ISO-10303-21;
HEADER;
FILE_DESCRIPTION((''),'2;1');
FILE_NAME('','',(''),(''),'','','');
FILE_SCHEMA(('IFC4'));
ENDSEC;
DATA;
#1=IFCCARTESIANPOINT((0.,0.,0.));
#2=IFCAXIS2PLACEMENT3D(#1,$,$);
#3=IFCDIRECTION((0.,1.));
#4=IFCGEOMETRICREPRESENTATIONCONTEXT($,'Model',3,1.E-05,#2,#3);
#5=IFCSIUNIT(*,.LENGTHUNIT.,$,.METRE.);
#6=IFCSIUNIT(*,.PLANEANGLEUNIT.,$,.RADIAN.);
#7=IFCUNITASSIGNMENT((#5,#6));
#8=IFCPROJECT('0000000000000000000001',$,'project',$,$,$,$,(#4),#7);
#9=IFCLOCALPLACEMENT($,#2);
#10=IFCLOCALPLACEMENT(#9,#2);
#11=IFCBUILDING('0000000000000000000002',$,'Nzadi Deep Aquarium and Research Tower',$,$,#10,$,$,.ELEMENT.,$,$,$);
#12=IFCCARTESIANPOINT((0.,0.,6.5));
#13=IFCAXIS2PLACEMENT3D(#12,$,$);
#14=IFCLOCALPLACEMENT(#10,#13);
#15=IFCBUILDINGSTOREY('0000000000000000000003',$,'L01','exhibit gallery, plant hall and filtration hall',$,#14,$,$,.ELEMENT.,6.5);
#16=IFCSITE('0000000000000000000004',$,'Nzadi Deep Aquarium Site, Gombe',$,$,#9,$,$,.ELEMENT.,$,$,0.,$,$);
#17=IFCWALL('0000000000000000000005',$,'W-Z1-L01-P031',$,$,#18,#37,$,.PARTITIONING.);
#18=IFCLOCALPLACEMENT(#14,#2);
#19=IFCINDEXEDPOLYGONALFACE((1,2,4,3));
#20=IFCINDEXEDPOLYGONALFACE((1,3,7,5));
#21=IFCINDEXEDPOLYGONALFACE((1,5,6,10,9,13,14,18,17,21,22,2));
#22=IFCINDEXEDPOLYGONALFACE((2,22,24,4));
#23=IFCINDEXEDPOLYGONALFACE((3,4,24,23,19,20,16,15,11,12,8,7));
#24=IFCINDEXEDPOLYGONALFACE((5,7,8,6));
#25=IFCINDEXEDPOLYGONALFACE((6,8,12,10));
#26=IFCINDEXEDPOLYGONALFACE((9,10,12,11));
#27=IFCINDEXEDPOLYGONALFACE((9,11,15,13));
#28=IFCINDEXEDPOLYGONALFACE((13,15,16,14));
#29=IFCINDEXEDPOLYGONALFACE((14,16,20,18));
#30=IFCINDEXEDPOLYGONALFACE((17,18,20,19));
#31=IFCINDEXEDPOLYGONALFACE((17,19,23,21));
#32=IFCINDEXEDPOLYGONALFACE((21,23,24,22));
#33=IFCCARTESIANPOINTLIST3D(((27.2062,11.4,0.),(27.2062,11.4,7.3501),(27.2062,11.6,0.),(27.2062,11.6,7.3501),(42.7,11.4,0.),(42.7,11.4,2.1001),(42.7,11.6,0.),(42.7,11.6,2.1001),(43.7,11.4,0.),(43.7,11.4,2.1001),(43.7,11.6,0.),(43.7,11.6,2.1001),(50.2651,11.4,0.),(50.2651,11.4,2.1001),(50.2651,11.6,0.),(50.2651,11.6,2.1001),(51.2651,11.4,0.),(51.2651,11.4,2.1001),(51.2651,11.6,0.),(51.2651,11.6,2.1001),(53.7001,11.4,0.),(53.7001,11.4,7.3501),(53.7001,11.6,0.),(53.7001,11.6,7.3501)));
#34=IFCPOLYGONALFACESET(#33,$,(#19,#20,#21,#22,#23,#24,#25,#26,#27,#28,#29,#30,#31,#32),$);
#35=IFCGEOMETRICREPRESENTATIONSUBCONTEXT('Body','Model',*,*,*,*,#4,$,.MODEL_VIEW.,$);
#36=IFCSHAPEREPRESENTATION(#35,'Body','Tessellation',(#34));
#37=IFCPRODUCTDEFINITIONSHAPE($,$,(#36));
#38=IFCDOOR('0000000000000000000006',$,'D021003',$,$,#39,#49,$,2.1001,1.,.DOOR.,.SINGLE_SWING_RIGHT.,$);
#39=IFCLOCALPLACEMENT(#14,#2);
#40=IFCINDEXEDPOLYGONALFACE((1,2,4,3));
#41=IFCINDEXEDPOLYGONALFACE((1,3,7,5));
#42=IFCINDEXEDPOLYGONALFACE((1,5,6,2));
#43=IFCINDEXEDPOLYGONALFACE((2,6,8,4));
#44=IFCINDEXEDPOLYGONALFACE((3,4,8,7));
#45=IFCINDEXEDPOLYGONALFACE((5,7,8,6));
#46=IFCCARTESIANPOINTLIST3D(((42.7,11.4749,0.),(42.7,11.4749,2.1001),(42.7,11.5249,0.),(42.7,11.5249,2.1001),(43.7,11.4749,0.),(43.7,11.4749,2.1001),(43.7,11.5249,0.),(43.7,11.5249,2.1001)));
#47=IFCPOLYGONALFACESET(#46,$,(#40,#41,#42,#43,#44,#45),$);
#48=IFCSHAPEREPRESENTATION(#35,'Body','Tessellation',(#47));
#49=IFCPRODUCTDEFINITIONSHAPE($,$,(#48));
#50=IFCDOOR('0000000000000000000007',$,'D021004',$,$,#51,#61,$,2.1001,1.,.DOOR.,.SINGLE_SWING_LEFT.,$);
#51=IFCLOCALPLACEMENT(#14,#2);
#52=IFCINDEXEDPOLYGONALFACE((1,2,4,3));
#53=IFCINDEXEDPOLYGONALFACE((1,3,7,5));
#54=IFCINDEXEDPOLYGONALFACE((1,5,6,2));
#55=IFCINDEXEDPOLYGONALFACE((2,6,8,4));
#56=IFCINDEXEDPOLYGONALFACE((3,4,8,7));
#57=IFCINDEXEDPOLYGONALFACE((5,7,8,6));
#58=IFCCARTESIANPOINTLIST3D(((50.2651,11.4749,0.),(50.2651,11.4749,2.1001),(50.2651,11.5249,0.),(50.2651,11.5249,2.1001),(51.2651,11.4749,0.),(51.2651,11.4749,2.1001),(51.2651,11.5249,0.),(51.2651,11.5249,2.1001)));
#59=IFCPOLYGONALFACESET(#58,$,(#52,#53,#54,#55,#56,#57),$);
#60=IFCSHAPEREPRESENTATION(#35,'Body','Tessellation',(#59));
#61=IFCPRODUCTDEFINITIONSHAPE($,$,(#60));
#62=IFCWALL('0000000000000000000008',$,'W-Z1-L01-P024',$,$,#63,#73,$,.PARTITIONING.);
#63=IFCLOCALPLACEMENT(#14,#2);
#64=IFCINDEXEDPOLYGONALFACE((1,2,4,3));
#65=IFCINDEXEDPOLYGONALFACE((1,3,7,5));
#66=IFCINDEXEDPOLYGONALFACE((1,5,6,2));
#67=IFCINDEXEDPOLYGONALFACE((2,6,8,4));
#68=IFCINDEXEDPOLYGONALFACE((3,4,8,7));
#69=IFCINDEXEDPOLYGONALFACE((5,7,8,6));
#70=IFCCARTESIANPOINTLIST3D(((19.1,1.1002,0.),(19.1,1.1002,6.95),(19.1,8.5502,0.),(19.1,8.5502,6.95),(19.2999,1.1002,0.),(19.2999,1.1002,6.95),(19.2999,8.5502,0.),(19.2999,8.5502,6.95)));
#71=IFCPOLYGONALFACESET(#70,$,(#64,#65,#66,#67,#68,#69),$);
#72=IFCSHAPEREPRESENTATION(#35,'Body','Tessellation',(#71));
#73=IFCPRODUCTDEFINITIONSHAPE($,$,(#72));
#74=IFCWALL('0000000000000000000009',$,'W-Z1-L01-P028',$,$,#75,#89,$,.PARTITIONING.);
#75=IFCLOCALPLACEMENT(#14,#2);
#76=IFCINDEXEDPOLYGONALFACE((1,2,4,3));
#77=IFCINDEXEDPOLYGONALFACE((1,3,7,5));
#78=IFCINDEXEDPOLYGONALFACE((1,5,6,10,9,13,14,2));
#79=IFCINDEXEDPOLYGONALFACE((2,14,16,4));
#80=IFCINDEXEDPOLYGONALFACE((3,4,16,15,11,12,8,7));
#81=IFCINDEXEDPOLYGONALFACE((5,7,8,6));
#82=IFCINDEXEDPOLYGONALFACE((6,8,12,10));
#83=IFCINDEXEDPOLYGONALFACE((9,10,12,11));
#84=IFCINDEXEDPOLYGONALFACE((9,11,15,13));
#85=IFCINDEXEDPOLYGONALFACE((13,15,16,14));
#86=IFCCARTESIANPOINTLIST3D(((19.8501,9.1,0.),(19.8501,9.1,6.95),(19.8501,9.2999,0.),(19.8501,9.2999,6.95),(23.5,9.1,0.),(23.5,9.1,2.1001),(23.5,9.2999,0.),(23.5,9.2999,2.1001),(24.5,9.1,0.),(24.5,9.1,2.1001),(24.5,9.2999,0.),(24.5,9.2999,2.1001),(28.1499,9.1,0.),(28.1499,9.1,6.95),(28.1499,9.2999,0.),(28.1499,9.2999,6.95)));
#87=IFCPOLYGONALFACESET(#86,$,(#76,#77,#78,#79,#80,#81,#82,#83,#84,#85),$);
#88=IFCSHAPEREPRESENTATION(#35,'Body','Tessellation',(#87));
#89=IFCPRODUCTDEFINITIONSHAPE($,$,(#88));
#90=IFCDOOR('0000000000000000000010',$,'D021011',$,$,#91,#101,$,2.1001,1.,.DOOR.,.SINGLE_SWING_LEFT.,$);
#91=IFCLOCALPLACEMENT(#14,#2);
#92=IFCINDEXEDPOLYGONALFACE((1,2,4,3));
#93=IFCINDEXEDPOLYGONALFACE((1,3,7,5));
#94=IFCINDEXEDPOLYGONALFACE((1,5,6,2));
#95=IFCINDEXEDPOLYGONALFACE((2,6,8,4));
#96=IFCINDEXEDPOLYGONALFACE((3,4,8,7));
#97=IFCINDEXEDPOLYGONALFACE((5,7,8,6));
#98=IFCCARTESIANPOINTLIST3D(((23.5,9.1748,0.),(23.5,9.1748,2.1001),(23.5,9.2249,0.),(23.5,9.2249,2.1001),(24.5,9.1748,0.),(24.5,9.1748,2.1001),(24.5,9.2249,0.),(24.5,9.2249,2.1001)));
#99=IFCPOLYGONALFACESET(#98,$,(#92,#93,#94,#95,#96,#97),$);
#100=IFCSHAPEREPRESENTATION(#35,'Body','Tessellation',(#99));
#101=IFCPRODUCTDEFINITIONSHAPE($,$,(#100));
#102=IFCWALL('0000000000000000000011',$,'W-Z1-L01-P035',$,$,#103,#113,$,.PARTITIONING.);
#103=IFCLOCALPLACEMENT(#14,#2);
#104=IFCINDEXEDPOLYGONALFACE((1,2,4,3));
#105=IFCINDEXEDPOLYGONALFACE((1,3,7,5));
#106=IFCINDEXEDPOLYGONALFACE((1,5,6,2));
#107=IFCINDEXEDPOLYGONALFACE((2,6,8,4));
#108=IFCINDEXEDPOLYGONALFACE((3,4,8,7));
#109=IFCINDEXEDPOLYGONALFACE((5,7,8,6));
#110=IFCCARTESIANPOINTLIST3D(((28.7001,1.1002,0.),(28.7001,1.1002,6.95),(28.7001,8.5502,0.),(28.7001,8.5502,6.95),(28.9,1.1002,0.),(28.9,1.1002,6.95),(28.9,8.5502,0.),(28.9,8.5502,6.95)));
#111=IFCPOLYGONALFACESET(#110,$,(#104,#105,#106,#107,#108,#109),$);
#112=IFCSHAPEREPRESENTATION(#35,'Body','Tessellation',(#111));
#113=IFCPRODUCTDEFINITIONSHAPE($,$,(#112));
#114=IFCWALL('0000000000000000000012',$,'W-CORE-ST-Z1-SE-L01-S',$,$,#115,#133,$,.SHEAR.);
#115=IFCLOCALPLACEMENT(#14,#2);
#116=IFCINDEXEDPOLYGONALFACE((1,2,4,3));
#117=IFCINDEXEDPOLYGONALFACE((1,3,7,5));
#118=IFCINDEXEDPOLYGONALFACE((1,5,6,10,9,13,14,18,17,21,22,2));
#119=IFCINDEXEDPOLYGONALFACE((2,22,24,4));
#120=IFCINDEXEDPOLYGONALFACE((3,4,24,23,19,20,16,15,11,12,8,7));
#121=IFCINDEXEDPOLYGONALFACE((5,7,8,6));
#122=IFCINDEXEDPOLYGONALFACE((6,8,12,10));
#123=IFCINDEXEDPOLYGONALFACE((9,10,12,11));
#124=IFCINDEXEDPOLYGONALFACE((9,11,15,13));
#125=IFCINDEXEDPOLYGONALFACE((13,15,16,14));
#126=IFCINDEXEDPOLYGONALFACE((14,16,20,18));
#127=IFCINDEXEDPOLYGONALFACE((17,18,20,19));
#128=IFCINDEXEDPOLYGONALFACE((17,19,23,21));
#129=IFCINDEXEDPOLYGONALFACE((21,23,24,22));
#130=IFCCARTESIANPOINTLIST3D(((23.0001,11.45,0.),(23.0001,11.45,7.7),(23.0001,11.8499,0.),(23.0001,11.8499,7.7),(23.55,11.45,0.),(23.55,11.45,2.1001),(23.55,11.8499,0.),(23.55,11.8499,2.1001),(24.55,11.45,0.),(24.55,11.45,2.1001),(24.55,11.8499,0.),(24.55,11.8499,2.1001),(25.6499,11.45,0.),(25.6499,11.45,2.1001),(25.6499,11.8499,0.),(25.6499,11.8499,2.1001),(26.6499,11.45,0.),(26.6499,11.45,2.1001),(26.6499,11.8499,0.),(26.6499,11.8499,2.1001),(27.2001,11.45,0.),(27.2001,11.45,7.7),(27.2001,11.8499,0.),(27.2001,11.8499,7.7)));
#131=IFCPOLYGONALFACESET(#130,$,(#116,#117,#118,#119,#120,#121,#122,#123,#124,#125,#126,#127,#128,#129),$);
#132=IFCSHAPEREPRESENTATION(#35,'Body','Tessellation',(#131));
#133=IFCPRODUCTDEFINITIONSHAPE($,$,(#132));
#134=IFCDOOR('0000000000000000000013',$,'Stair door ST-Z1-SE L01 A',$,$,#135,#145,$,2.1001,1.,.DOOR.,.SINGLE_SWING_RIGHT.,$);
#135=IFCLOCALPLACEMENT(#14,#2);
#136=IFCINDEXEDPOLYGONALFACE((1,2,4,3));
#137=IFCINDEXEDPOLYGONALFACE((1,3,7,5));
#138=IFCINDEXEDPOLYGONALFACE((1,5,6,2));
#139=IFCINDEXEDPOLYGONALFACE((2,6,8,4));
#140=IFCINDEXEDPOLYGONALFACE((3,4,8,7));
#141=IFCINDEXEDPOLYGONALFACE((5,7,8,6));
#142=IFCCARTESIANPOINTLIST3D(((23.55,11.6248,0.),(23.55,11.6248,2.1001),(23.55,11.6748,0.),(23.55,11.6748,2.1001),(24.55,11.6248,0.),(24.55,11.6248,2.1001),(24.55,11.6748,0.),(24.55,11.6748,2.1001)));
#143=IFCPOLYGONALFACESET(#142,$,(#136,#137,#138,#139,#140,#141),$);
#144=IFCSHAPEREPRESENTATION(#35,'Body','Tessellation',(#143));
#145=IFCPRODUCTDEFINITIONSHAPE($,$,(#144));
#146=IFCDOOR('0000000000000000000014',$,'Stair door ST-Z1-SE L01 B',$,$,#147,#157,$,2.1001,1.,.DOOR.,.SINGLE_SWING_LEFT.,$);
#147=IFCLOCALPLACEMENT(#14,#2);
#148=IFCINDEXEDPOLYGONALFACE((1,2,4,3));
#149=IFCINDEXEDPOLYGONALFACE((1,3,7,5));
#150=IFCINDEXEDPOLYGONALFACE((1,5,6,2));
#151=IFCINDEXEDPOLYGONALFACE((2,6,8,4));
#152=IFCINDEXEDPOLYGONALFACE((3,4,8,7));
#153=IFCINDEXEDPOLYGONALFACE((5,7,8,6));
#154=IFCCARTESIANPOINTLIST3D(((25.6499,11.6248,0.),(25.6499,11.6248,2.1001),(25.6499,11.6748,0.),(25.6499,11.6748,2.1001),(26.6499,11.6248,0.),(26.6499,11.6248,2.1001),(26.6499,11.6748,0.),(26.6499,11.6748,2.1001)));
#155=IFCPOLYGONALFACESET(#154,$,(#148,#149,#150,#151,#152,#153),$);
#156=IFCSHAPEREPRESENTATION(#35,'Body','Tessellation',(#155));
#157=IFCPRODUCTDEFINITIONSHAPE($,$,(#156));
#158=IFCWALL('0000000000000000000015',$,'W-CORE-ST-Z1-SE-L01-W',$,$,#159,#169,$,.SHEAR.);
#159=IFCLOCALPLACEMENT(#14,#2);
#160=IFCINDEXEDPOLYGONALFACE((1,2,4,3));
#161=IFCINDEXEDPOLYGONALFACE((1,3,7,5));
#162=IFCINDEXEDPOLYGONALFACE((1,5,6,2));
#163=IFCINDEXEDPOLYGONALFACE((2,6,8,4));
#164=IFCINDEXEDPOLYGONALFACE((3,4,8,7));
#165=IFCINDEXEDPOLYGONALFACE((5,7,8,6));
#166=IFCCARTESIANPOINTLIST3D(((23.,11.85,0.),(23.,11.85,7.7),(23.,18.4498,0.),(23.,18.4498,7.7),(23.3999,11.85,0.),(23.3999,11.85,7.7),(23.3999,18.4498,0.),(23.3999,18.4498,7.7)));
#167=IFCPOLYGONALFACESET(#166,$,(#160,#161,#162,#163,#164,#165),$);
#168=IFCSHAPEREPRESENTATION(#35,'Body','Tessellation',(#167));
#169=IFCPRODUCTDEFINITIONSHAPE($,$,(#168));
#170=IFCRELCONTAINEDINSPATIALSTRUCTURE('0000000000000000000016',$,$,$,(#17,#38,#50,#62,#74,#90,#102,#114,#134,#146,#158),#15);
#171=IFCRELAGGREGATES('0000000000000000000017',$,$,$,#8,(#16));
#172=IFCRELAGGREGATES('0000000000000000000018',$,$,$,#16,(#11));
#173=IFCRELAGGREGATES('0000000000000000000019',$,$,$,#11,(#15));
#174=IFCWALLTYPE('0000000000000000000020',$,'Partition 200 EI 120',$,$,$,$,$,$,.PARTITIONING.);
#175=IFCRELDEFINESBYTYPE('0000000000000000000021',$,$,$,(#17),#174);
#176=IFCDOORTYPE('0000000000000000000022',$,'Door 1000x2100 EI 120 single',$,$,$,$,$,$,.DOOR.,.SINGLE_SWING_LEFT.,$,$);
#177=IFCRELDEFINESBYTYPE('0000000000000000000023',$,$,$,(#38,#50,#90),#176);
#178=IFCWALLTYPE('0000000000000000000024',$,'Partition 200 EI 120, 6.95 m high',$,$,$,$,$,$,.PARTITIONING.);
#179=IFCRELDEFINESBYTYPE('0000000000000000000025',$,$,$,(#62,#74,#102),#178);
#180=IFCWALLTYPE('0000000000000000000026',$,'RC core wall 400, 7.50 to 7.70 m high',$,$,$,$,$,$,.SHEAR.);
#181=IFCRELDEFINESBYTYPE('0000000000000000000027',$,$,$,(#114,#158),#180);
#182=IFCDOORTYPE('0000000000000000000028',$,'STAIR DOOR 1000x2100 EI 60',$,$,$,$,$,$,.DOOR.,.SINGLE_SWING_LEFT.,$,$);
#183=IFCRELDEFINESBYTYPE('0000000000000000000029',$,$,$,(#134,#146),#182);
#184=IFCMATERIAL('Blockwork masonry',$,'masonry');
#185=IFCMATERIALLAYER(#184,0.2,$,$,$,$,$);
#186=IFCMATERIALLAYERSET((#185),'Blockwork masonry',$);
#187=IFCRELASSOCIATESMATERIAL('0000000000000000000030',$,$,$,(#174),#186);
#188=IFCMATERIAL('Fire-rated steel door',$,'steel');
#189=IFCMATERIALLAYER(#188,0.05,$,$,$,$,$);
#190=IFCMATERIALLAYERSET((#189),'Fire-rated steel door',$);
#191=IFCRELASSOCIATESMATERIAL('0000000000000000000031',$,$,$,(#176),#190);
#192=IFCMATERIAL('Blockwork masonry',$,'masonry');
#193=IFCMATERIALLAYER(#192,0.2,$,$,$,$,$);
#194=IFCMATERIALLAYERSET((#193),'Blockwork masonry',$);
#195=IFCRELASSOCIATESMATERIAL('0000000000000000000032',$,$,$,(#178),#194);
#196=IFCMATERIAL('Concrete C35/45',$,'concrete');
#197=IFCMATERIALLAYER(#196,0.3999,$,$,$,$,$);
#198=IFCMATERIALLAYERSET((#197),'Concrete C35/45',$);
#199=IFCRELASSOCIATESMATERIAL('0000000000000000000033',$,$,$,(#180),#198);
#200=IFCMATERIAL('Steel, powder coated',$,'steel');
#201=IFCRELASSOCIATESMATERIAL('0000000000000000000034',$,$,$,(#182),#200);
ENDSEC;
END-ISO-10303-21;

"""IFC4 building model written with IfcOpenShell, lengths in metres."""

from ifc_helpers import new_model, si_unit, direction, frame, frame_2d, origin, place, context, subcontext, project, spatial, rectangle, extrude, material, layer, layer_set, type_object, element, fill, save


model = new_model("IFC4")

# Units and contexts
model_context = context("Model", 3, precision=1e-05, world=origin(), true_north=direction((0.0, 1.0)))
body_context = subcontext(model_context, "Body", "Model", "MODEL_VIEW")
ifc_project = project(units=[si_unit("LENGTHUNIT", "METRE"), si_unit("PLANEANGLEUNIT", "RADIAN")], contexts=[model_context])

# Site, building, storey
site_placement = place(None, origin())
site = spatial("IfcSite", under=ifc_project, at=site_placement, Name="Nzadi Deep Aquarium Site, Gombe", CompositionType="ELEMENT", RefElevation=0.0)
building_placement = place(site_placement, origin())
building = spatial("IfcBuilding", under=site, at=building_placement, Name="Nzadi Deep Aquarium and Research Tower", CompositionType="ELEMENT")
storey_placement = place(building_placement, frame((0.0, 0.0, 6.5)))
storey = spatial("IfcBuildingStorey", under=building, at=storey_placement, Name="L01", Description="exhibit gallery, plant hall and filtration hall", CompositionType="ELEMENT", Elevation=6.5)

# Wall, openings, doors
ifc_material_1 = material(Name="Blockwork masonry", Category="masonry")
ifc_layer_1 = layer(ifc_material_1, 0.2)
ifc_layer_set_1 = layer_set([ifc_layer_1], Name="Blockwork masonry")
wall_type_1 = type_object("IfcWallType", Name="Partition 200 EI 120", PredefinedType="PARTITIONING", material=ifc_layer_set_1)
wall_1_placement = place(storey_placement, frame((27.2061, 11.5, 0.0), z_axis=(0.0, 0.0, 1.0), x_axis=(1.0, 0.0, 0.0)))
wall_1 = element("IfcWall", 1, at=wall_1_placement, inside=storey, type_object=wall_type_1, Name="W-Z1-L01-P031", PredefinedType="PARTITIONING", context=body_context, shape_type="SweptSolid", body=[
    extrude(rectangle(XDim=26.4939, YDim=0.2, at=frame_2d((13.2471, 0.0))), origin(), (0.0, 0.0, 1.0), 7.3501),
])
opening_1_placement = place(wall_1_placement, frame((15.4939, 0.0, 0.0)))
opening_1 = element("IfcOpeningElement", 2, at=opening_1_placement, cuts=wall_1, PredefinedType="OPENING", context=body_context, shape_type="SweptSolid", body=[
    extrude(rectangle(XDim=1.0, YDim=2.1001, at=frame_2d((0.5, 1.05))), frame((0.0, 0.1101, 0.0), z_axis=(0.0, -1.0, 0.0), x_axis=(1.0, 0.0, 0.0)), (0.0, 0.0, 1.0), 0.2202),
])
opening_2_placement = place(wall_1_placement, frame((23.0591, 0.0, 0.0)))
opening_2 = element("IfcOpeningElement", 3, at=opening_2_placement, cuts=wall_1, PredefinedType="OPENING", context=body_context, shape_type="SweptSolid", body=[
    extrude(rectangle(XDim=1.0, YDim=2.1001, at=frame_2d((0.5, 1.05))), frame((0.0, 0.1101, 0.0), z_axis=(0.0, -1.0, 0.0), x_axis=(1.0, 0.0, 0.0)), (0.0, 0.0, 1.0), 0.2202),
])
ifc_material_2 = material(Name="Fire-rated steel door", Category="steel")
ifc_layer_2 = layer(ifc_material_2, 0.05)
ifc_layer_set_2 = layer_set([ifc_layer_2], Name="Fire-rated steel door")
door_type_1 = type_object("IfcDoorType", Name="Door 1000x2100 EI 120 single", OperationType="SINGLE_SWING_LEFT", PredefinedType="DOOR", material=ifc_layer_set_2)
door_1_placement = place(opening_1_placement, origin())
door_1 = element("IfcDoor", 4, at=door_1_placement, inside=storey, type_object=door_type_1, Name="D021003", OperationType="SINGLE_SWING_RIGHT", OverallHeight=2.1001, OverallWidth=1.0, PredefinedType="DOOR", context=body_context, shape_type="SweptSolid", body=[
    extrude(rectangle(XDim=1.0, YDim=2.1001, at=frame_2d((0.5, 1.05))), frame((0.0, 0.0249, 0.0), z_axis=(0.0, -1.0, 0.0), x_axis=(1.0, 0.0, 0.0)), (0.0, 0.0, 1.0), 0.05),
])
fill(opening_1, door_1)
door_2_placement = place(opening_2_placement, origin())
door_2 = element("IfcDoor", 5, at=door_2_placement, inside=storey, type_object=door_type_1, Name="D021004", OperationType="SINGLE_SWING_LEFT", OverallHeight=2.1001, OverallWidth=1.0, PredefinedType="DOOR", context=body_context, shape_type="SweptSolid", body=[
    extrude(rectangle(XDim=1.0, YDim=2.1001, at=frame_2d((0.5, 1.05))), frame((0.0, 0.0249, 0.0), z_axis=(0.0, -1.0, 0.0), x_axis=(1.0, 0.0, 0.0)), (0.0, 0.0, 1.0), 0.05),
])
fill(opening_2, door_2)

# Wall
ifc_material_3 = material(Name="Blockwork masonry", Category="masonry")
ifc_layer_3 = layer(ifc_material_3, 0.2)
ifc_layer_set_3 = layer_set([ifc_layer_3], Name="Blockwork masonry")
wall_type_2 = type_object("IfcWallType", Name="Partition 200 EI 120, 6.95 m high", PredefinedType="PARTITIONING", material=ifc_layer_set_3)
wall_2_placement = place(storey_placement, frame((19.2, 1.1001, 0.0), z_axis=(0.0, 0.0, 1.0), x_axis=(0.0, 1.0, 0.0)))
element("IfcWall", 6, at=wall_2_placement, inside=storey, type_object=wall_type_2, Name="W-Z1-L01-P024", PredefinedType="PARTITIONING", context=body_context, shape_type="SweptSolid", body=[
    extrude(rectangle(XDim=7.45, YDim=0.2, at=frame_2d((3.7251, 0.0))), origin(), (0.0, 0.0, 1.0), 6.95),
])

# Wall, opening, door
wall_3_placement = place(storey_placement, frame((19.8501, 9.2, 0.0), z_axis=(0.0, 0.0, 1.0), x_axis=(1.0, 0.0, 0.0)))
wall_3 = element("IfcWall", 7, at=wall_3_placement, inside=storey, type_object=wall_type_2, Name="W-Z1-L01-P028", PredefinedType="PARTITIONING", context=body_context, shape_type="SweptSolid", body=[
    extrude(rectangle(XDim=8.2998, YDim=0.2, at=frame_2d((4.1499, 0.0))), origin(), (0.0, 0.0, 1.0), 6.95),
])
opening_3_placement = place(wall_3_placement, frame((3.6499, 0.0, 0.0)))
opening_3 = element("IfcOpeningElement", 8, at=opening_3_placement, cuts=wall_3, PredefinedType="OPENING", context=body_context, shape_type="SweptSolid", body=[
    extrude(rectangle(XDim=1.0, YDim=2.1001, at=frame_2d((0.5, 1.05))), frame((0.0, 0.1101, 0.0), z_axis=(0.0, -1.0, 0.0), x_axis=(1.0, 0.0, 0.0)), (0.0, 0.0, 1.0), 0.2202),
])
door_3_placement = place(opening_3_placement, origin())
door_3 = element("IfcDoor", 9, at=door_3_placement, inside=storey, type_object=door_type_1, Name="D021011", OperationType="SINGLE_SWING_LEFT", OverallHeight=2.1001, OverallWidth=1.0, PredefinedType="DOOR", context=body_context, shape_type="SweptSolid", body=[
    extrude(rectangle(XDim=1.0, YDim=2.1001, at=frame_2d((0.5, 1.05))), frame((0.0, 0.0249, 0.0), z_axis=(0.0, -1.0, 0.0), x_axis=(1.0, 0.0, 0.0)), (0.0, 0.0, 1.0), 0.05),
])
fill(opening_3, door_3)

# Wall
wall_4_placement = place(storey_placement, frame((28.8, 1.1001, 0.0), z_axis=(0.0, 0.0, 1.0), x_axis=(0.0, 1.0, 0.0)))
element("IfcWall", 10, at=wall_4_placement, inside=storey, type_object=wall_type_2, Name="W-Z1-L01-P035", PredefinedType="PARTITIONING", context=body_context, shape_type="SweptSolid", body=[
    extrude(rectangle(XDim=7.45, YDim=0.2, at=frame_2d((3.7251, 0.0))), origin(), (0.0, 0.0, 1.0), 6.95),
])

# Wall, openings, doors
ifc_material_4 = material(Name="Concrete C35/45", Category="concrete")
ifc_layer_4 = layer(ifc_material_4, 0.3999)
ifc_layer_set_4 = layer_set([ifc_layer_4], Name="Concrete C35/45")
wall_type_3 = type_object("IfcWallType", Name="RC core wall 400, 7.50 to 7.70 m high", PredefinedType="SHEAR", material=ifc_layer_set_4)
wall_5_placement = place(storey_placement, frame((23.0, 11.6499, 0.0), z_axis=(0.0, 0.0, 1.0), x_axis=(1.0, 0.0, 0.0)))
wall_5 = element("IfcWall", 11, at=wall_5_placement, inside=storey, type_object=wall_type_3, Name="W-CORE-ST-Z1-SE-L01-S", PredefinedType="SHEAR", context=body_context, shape_type="SweptSolid", body=[
    extrude(rectangle(XDim=4.2, YDim=0.3999, at=frame_2d((2.1001, 0.0))), origin(), (0.0, 0.0, 1.0), 7.7),
])
opening_4_placement = place(wall_5_placement, frame((0.55, 0.0, 0.0)))
opening_4 = element("IfcOpeningElement", 12, at=opening_4_placement, cuts=wall_5, PredefinedType="OPENING", context=body_context, shape_type="SweptSolid", body=[
    extrude(rectangle(XDim=1.0, YDim=2.1001, at=frame_2d((0.5, 1.05))), frame((0.0, 0.21, 0.0), z_axis=(0.0, -1.0, 0.0), x_axis=(1.0, 0.0, 0.0)), (0.0, 0.0, 1.0), 0.4199),
])
opening_5_placement = place(wall_5_placement, frame((2.6499, 0.0, 0.0)))
opening_5 = element("IfcOpeningElement", 13, at=opening_5_placement, cuts=wall_5, PredefinedType="OPENING", context=body_context, shape_type="SweptSolid", body=[
    extrude(rectangle(XDim=1.0, YDim=2.1001, at=frame_2d((0.5, 1.05))), frame((0.0, 0.21, 0.0), z_axis=(0.0, -1.0, 0.0), x_axis=(1.0, 0.0, 0.0)), (0.0, 0.0, 1.0), 0.4199),
])
ifc_material_5 = material(Name="Steel, powder coated", Category="steel")
door_type_2 = type_object("IfcDoorType", Name="STAIR DOOR 1000x2100 EI 60", OperationType="SINGLE_SWING_LEFT", PredefinedType="DOOR", material=ifc_material_5)
door_4_placement = place(opening_4_placement, origin())
door_4 = element("IfcDoor", 14, at=door_4_placement, inside=storey, type_object=door_type_2, Name="Stair door ST-Z1-SE L01 A", OperationType="SINGLE_SWING_RIGHT", OverallHeight=2.1001, OverallWidth=1.0, PredefinedType="DOOR", context=body_context, shape_type="SweptSolid", body=[
    extrude(rectangle(XDim=1.0, YDim=2.1001, at=frame_2d((0.5, 1.05))), frame((0.0, 0.0249, 0.0), z_axis=(0.0, -1.0, 0.0), x_axis=(1.0, 0.0, 0.0)), (0.0, 0.0, 1.0), 0.05),
])
fill(opening_4, door_4)
door_5_placement = place(opening_5_placement, origin())
door_5 = element("IfcDoor", 15, at=door_5_placement, inside=storey, type_object=door_type_2, Name="Stair door ST-Z1-SE L01 B", OperationType="SINGLE_SWING_LEFT", OverallHeight=2.1001, OverallWidth=1.0, PredefinedType="DOOR", context=body_context, shape_type="SweptSolid", body=[
    extrude(rectangle(XDim=1.0, YDim=2.1001, at=frame_2d((0.5, 1.05))), frame((0.0, 0.0249, 0.0), z_axis=(0.0, -1.0, 0.0), x_axis=(1.0, 0.0, 0.0)), (0.0, 0.0, 1.0), 0.05),
])
fill(opening_5, door_5)

# Wall
for number, where, z_axis, x_axis, name in (
    (16, (23.2, 11.8501, 0.0), (0.0, 0.0, 1.0), (0.0, 1.0, 0.0), "W-CORE-ST-Z1-SE-L01-W"),
):
    element("IfcWall", number, at=place(storey_placement, frame(where, z_axis=z_axis, x_axis=x_axis)), inside=storey, type_object=wall_type_3, Name=name, PredefinedType="SHEAR", context=body_context, shape_type="SweptSolid", body=[
        extrude(rectangle(XDim=6.5999, YDim=0.3999, at=frame_2d((3.2998, 0.0))), origin(), (0.0, 0.0, 1.0), 7.7),
    ])

save(model, "model.ifc")
